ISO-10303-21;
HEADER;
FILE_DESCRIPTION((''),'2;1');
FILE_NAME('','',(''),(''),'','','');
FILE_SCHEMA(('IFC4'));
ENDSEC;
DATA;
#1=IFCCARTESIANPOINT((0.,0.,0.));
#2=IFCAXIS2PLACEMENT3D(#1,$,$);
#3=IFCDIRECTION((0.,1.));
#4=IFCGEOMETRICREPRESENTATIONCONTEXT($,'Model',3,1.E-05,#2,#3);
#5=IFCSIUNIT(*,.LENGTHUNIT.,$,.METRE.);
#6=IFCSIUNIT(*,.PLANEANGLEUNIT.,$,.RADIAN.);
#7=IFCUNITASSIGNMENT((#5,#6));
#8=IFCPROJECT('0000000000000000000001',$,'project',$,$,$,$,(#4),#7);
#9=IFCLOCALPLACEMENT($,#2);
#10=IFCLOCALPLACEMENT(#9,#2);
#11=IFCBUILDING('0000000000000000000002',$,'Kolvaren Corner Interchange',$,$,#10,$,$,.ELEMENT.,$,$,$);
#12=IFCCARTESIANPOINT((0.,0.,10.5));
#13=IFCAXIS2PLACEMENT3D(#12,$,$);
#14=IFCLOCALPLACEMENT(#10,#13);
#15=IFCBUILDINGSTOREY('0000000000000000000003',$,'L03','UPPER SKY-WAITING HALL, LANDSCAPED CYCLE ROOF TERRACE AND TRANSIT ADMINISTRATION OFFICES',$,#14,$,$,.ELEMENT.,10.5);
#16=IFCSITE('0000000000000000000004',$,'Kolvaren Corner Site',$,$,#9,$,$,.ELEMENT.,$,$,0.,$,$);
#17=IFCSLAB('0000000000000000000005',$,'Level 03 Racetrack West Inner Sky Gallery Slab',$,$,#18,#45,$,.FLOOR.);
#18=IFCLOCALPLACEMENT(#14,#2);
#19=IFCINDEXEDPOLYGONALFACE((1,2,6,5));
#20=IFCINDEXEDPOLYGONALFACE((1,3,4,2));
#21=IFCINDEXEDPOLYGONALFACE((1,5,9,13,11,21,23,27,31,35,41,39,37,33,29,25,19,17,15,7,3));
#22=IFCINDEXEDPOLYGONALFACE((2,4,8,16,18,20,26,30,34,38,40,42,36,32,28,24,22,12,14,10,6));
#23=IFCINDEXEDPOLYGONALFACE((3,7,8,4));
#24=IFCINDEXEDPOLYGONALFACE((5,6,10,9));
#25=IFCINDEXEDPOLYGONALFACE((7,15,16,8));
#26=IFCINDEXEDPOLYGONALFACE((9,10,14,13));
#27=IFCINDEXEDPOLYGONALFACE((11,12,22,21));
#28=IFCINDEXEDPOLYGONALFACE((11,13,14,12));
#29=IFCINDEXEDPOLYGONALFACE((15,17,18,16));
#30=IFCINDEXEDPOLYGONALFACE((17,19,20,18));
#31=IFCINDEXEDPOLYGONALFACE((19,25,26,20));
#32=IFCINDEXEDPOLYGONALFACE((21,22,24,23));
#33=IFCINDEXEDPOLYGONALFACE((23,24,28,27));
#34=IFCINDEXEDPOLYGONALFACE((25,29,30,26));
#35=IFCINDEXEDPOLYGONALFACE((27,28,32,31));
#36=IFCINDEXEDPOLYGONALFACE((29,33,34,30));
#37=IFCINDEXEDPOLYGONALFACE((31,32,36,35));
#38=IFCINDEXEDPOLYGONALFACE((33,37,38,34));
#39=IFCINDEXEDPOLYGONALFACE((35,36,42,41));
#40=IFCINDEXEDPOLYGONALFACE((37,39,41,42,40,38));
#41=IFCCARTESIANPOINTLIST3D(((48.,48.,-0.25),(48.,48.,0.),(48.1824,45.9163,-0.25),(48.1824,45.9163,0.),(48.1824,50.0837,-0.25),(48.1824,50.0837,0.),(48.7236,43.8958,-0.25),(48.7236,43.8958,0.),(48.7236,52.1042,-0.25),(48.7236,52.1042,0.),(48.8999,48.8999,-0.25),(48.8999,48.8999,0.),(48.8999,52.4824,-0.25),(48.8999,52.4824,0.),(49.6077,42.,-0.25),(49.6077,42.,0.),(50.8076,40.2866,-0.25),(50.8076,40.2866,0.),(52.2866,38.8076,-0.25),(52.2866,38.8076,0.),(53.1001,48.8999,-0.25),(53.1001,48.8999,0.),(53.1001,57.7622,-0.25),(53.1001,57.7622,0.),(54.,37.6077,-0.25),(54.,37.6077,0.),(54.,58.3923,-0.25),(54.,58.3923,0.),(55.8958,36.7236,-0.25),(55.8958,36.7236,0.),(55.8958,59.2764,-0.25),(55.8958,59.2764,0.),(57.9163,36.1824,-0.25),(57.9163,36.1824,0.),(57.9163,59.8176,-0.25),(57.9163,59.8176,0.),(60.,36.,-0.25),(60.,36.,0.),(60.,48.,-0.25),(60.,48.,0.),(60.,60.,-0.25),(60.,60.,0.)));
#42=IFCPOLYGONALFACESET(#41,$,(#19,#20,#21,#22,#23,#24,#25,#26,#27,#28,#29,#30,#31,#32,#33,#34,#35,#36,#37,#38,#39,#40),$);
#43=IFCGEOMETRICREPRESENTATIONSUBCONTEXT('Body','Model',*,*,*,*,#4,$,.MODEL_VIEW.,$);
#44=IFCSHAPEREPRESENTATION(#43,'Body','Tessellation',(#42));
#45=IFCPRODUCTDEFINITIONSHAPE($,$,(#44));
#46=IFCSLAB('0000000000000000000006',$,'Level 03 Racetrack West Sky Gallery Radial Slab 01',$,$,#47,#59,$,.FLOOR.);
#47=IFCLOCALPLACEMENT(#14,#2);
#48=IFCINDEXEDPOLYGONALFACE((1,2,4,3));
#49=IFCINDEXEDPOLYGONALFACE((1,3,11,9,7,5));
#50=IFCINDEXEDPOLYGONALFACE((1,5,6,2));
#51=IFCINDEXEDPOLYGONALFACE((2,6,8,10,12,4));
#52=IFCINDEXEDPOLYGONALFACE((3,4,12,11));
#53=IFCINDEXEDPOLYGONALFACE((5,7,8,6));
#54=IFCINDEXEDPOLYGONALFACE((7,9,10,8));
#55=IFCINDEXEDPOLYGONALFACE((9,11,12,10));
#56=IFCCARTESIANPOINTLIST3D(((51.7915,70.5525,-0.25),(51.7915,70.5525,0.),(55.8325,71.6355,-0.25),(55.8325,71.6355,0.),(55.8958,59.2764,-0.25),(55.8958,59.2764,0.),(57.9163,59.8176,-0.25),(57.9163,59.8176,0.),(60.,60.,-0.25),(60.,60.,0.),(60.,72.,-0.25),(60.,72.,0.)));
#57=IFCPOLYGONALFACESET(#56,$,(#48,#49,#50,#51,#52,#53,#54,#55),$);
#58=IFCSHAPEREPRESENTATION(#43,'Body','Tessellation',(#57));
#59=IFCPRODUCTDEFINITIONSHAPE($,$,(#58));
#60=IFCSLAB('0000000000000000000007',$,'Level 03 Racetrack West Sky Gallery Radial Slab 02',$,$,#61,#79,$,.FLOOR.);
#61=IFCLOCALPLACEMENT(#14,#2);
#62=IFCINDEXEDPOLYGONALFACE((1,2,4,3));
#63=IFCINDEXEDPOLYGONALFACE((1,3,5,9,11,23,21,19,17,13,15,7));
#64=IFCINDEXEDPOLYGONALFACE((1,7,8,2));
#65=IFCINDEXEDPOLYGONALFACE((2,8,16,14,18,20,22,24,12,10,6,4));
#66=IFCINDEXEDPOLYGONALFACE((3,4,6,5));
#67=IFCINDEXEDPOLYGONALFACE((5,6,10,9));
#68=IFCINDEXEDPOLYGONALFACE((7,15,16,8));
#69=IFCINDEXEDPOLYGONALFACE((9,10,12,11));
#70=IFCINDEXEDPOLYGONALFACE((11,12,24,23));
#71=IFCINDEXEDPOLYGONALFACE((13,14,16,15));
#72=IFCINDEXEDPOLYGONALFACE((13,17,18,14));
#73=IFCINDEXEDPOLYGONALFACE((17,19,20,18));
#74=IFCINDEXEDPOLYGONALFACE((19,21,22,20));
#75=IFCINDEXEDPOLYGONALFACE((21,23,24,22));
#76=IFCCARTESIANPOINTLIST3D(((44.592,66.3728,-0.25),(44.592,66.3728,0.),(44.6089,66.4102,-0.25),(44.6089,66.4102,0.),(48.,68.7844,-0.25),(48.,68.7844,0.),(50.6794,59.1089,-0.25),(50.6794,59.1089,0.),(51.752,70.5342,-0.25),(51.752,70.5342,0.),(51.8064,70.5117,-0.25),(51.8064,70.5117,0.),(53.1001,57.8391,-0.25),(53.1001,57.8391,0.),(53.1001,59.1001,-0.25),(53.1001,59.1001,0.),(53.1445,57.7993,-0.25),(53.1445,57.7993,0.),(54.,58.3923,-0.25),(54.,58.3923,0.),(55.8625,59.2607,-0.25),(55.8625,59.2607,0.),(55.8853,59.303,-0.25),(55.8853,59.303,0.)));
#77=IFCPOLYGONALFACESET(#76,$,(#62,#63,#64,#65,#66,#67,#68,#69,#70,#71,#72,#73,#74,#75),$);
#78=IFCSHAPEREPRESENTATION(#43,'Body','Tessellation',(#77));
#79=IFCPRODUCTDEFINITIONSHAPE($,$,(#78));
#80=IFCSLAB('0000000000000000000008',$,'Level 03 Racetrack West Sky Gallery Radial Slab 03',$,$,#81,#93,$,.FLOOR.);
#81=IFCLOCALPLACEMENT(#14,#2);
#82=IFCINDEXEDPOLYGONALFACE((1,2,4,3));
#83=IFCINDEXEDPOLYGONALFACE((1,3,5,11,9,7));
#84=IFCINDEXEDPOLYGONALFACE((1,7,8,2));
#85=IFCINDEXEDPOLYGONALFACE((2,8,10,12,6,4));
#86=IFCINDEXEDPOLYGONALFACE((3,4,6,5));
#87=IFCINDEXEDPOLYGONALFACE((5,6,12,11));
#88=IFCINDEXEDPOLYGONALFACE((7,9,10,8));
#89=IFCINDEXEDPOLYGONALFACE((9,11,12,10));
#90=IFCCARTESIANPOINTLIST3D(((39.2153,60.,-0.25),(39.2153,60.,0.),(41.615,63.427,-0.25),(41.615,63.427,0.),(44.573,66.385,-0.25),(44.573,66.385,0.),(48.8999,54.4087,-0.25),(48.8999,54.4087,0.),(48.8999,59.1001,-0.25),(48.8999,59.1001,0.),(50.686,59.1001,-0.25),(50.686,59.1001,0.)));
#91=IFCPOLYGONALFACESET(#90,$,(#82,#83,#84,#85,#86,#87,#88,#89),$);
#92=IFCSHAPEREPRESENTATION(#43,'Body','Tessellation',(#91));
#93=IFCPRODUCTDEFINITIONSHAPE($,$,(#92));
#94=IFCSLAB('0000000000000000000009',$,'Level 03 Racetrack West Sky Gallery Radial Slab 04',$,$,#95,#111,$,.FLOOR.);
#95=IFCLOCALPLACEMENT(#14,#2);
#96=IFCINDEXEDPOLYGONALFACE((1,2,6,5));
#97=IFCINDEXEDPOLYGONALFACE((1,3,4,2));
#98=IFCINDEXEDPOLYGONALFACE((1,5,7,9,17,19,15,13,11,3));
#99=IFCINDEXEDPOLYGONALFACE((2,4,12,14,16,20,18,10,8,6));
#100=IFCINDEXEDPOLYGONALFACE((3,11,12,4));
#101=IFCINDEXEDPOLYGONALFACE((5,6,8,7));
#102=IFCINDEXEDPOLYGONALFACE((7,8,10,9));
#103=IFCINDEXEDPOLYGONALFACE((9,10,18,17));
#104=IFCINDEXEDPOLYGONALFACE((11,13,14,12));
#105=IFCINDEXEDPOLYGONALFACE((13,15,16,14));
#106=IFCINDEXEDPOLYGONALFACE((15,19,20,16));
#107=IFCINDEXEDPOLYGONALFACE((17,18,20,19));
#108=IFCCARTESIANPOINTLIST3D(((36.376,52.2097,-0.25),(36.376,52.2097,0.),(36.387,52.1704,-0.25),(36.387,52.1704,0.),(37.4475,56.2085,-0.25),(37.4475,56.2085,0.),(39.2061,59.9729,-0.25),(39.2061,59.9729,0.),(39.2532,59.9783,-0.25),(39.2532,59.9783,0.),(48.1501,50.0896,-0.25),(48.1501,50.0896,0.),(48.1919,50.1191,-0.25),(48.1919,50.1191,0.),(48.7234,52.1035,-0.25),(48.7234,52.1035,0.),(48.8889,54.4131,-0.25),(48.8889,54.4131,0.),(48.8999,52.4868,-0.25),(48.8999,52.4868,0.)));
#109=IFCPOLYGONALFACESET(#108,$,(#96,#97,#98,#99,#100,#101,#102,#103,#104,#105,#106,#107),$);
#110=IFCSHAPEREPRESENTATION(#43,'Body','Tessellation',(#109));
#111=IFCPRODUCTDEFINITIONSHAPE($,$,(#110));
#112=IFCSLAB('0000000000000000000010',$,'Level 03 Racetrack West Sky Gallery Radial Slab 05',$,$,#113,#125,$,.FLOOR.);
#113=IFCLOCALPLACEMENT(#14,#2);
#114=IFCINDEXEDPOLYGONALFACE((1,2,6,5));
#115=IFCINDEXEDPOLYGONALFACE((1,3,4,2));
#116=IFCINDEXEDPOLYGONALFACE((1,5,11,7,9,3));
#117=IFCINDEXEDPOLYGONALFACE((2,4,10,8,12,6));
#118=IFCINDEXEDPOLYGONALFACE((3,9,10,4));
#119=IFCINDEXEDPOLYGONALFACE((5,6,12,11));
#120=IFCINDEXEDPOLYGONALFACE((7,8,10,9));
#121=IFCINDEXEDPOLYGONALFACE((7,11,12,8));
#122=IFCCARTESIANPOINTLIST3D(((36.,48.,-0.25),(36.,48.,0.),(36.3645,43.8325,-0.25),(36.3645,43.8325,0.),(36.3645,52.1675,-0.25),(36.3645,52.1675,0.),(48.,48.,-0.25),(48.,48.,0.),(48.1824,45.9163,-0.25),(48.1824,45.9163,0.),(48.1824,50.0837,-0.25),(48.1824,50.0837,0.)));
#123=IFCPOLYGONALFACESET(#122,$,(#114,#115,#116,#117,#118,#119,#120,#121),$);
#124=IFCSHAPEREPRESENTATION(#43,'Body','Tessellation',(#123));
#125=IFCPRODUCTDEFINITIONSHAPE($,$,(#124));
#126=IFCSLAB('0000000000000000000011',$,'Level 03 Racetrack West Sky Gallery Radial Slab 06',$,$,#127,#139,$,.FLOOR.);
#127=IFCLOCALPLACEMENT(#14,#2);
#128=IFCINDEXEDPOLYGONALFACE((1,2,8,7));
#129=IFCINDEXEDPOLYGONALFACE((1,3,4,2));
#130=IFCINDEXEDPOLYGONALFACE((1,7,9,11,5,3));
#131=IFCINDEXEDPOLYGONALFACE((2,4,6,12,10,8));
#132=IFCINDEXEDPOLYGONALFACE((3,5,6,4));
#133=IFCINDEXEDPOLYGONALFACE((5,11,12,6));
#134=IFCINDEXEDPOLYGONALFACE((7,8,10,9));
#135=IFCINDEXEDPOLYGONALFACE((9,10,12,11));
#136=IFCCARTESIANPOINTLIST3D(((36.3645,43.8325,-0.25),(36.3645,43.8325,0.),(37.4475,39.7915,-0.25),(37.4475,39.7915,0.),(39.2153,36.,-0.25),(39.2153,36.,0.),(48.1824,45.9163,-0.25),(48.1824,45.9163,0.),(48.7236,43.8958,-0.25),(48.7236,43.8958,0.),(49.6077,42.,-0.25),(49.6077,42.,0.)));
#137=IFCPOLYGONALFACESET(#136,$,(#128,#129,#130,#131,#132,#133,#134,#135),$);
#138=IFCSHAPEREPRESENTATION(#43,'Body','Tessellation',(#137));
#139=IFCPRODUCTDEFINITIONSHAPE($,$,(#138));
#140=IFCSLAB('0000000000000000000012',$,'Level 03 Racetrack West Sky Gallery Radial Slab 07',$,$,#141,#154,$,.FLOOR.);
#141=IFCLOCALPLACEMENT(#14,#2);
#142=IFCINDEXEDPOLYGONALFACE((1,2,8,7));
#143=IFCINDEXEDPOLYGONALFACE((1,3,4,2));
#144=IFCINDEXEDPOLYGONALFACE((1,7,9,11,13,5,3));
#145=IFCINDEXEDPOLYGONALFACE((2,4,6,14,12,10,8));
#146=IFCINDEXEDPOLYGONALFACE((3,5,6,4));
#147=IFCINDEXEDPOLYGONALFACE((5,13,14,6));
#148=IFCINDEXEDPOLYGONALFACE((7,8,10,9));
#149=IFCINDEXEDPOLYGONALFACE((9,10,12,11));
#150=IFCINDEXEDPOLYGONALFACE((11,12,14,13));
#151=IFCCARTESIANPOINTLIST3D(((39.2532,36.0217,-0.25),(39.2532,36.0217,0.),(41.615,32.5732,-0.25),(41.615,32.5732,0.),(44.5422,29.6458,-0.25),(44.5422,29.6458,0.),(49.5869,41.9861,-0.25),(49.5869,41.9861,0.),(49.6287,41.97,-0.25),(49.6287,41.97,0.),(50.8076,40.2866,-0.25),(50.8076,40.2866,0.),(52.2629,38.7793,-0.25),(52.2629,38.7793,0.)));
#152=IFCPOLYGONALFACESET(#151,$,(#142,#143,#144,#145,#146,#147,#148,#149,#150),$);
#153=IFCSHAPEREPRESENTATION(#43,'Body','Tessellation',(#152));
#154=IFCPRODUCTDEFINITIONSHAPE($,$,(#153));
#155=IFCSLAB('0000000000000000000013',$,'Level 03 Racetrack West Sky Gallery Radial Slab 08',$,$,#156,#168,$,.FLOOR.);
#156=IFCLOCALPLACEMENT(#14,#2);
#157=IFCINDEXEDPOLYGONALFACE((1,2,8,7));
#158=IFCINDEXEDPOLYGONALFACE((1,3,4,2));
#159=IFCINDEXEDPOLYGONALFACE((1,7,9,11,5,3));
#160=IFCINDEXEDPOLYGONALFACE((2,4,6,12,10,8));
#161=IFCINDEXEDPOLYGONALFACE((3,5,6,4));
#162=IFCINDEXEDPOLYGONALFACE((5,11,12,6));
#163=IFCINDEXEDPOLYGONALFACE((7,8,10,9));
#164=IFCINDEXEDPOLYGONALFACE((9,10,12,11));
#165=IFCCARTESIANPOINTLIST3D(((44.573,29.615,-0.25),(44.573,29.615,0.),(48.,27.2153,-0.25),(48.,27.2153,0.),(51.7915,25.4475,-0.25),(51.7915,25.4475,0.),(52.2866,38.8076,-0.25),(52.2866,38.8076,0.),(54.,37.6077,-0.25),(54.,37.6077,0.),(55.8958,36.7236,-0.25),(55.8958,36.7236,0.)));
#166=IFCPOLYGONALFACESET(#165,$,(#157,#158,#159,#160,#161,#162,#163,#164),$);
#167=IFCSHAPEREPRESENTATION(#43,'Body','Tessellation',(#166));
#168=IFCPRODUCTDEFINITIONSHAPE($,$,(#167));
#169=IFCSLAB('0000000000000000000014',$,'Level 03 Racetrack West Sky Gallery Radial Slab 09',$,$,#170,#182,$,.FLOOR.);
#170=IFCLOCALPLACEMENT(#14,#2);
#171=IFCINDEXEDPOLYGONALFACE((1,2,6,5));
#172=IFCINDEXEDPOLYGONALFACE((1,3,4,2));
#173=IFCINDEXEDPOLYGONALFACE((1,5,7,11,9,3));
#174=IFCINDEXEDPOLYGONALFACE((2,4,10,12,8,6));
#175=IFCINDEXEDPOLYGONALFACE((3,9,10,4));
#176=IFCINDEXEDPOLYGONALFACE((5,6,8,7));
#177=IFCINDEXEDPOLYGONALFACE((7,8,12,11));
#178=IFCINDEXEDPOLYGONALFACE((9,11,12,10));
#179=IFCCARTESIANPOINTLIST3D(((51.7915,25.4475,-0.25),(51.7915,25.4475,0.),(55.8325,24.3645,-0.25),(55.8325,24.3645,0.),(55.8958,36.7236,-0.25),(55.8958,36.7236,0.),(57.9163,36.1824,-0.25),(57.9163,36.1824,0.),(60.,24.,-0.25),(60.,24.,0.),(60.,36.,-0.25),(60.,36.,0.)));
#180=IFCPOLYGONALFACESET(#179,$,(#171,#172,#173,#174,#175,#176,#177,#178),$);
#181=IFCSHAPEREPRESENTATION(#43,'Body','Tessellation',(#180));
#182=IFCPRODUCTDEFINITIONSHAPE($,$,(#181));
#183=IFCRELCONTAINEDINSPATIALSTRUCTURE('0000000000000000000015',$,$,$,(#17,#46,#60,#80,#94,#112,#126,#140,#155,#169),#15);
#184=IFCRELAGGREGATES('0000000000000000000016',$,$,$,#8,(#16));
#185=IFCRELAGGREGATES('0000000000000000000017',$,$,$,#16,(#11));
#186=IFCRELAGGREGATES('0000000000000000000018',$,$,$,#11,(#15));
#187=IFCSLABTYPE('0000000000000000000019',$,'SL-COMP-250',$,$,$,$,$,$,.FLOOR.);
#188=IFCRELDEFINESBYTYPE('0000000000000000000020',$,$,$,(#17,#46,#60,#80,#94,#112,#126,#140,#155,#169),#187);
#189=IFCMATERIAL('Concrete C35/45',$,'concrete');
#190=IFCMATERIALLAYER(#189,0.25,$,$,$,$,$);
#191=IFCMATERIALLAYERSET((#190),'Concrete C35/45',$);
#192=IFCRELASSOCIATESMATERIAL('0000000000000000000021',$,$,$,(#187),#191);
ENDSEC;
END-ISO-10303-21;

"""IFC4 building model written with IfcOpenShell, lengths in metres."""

from ifc_helpers import new_model, si_unit, direction, frame, origin, place, context, subcontext, project, spatial, polyline, outline, extrude, material, layer, layer_set, type_object, element, save


model = new_model("IFC4")

# Units and contexts
model_context = context("Model", 3, precision=1e-05, world=origin(), true_north=direction((0.0, 1.0)))
body_context = subcontext(model_context, "Body", "Model", "MODEL_VIEW")
ifc_project = project(units=[si_unit("LENGTHUNIT", "METRE"), si_unit("PLANEANGLEUNIT", "RADIAN")], contexts=[model_context])

# Site, building, storey
site_placement = place(None, origin())
site = spatial("IfcSite", under=ifc_project, at=site_placement, Name="Kolvaren Corner Site", CompositionType="ELEMENT", RefElevation=0.0)
building_placement = place(site_placement, origin())
building = spatial("IfcBuilding", under=site, at=building_placement, Name="Kolvaren Corner Interchange", CompositionType="ELEMENT")
storey_placement = place(building_placement, frame((0.0, 0.0, 10.5)))
storey = spatial("IfcBuildingStorey", under=building, at=storey_placement, Name="L03", Description="UPPER SKY-WAITING HALL, LANDSCAPED CYCLE ROOF TERRACE AND TRANSIT ADMINISTRATION OFFICES", CompositionType="ELEMENT", Elevation=10.5)

# Slabs
ifc_material_1 = material(Name="Concrete C35/45", Category="concrete")
ifc_layer_1 = layer(ifc_material_1, 0.25)
ifc_layer_set_1 = layer_set([ifc_layer_1], Name="Concrete C35/45")
slab_type_1 = type_object("IfcSlabType", Name="SL-COMP-250", PredefinedType="FLOOR", material=ifc_layer_set_1)
slab_1_placement = place(storey_placement, frame((0.0, 0.0, -0.25)))
element("IfcSlab", 1, at=slab_1_placement, inside=storey, type_object=slab_type_1, Name="Level 03 Racetrack West Inner Sky Gallery Slab", PredefinedType="FLOOR", context=body_context, shape_type="SweptSolid", body=[
    extrude(outline(polyline([(60.0, 60.0), (57.9163, 59.8176), (55.8958, 59.2764), (54.0, 58.3923), (53.1001, 57.7622), (53.1001, 48.8999), (48.8999, 48.8999), (48.8999, 52.4824), (48.7236, 52.1042), (48.1824, 50.0837), (48.0, 48.0), (48.1824, 45.9163), (48.7236, 43.8958), (49.6077, 42.0), (50.8076, 40.2866), (52.2866, 38.8076), (54.0, 37.6077), (55.8958, 36.7236), (57.9163, 36.1824), (60.0, 36.0), (60.0, 48.0), (60.0, 60.0)])), origin(), (0.0, 0.0, 1.0), 0.25),
])
slab_2_placement = place(storey_placement, frame((0.0, 0.0, -0.25)))
element("IfcSlab", 2, at=slab_2_placement, inside=storey, type_object=slab_type_1, Name="Level 03 Racetrack West Sky Gallery Radial Slab 01", PredefinedType="FLOOR", context=body_context, shape_type="SweptSolid", body=[
    extrude(outline(polyline([(55.8325, 71.6355), (51.7915, 70.5525), (55.8958, 59.2764), (57.9163, 59.8176), (60.0, 60.0), (60.0, 72.0), (55.8325, 71.6355)])), origin(), (0.0, 0.0, 1.0), 0.25),
])
slab_3_placement = place(storey_placement, frame((0.0, 0.0, -0.25)))
element("IfcSlab", 3, at=slab_3_placement, inside=storey, type_object=slab_type_1, Name="Level 03 Racetrack West Sky Gallery Radial Slab 02", PredefinedType="FLOOR", context=body_context, shape_type="SweptSolid", body=[
    extrude(outline(polyline([(51.752, 70.5342), (48.0, 68.7844), (44.6089, 66.4102), (44.592, 66.3728), (50.6794, 59.1089), (53.1001, 59.1001), (53.1001, 57.8391), (53.1445, 57.7993), (54.0, 58.3923), (55.8625, 59.2607), (55.8853, 59.303), (51.8064, 70.5117), (51.752, 70.5342)])), origin(), (0.0, 0.0, 1.0), 0.25),
])
slab_4_placement = place(storey_placement, frame((0.0, 0.0, -0.25)))
element("IfcSlab", 4, at=slab_4_placement, inside=storey, type_object=slab_type_1, Name="Level 03 Racetrack West Sky Gallery Radial Slab 03", PredefinedType="FLOOR", context=body_context, shape_type="SweptSolid", body=[
    extrude(outline(polyline([(41.615, 63.427), (39.2153, 60.0), (48.8999, 54.4087), (48.8999, 59.1001), (50.686, 59.1001), (44.573, 66.385), (41.615, 63.427)])), origin(), (0.0, 0.0, 1.0), 0.25),
])
slab_5_placement = place(storey_placement, frame((0.0, 0.0, -0.25)))
element("IfcSlab", 5, at=slab_5_placement, inside=storey, type_object=slab_type_1, Name="Level 03 Racetrack West Sky Gallery Radial Slab 04", PredefinedType="FLOOR", context=body_context, shape_type="SweptSolid", body=[
    extrude(outline(polyline([(48.7234, 52.1035), (48.8999, 52.4868), (48.8889, 54.4131), (39.2532, 59.9783), (39.2061, 59.9729), (37.4475, 56.2085), (36.376, 52.2097), (36.387, 52.1704), (48.1501, 50.0896), (48.1919, 50.1191), (48.7234, 52.1035)])), origin(), (0.0, 0.0, 1.0), 0.25),
])
slab_6_placement = place(storey_placement, frame((0.0, 0.0, -0.25)))
element("IfcSlab", 6, at=slab_6_placement, inside=storey, type_object=slab_type_1, Name="Level 03 Racetrack West Sky Gallery Radial Slab 05", PredefinedType="FLOOR", context=body_context, shape_type="SweptSolid", body=[
    extrude(outline(polyline([(36.0, 48.0), (36.3645, 43.8325), (48.1824, 45.9163), (48.0, 48.0), (48.1824, 50.0837), (36.3645, 52.1675), (36.0, 48.0)])), origin(), (0.0, 0.0, 1.0), 0.25),
])
slab_7_placement = place(storey_placement, frame((0.0, 0.0, -0.25)))
element("IfcSlab", 7, at=slab_7_placement, inside=storey, type_object=slab_type_1, Name="Level 03 Racetrack West Sky Gallery Radial Slab 06", PredefinedType="FLOOR", context=body_context, shape_type="SweptSolid", body=[
    extrude(outline(polyline([(37.4475, 39.7915), (39.2153, 36.0), (49.6077, 42.0), (48.7236, 43.8958), (48.1824, 45.9163), (36.3645, 43.8325), (37.4475, 39.7915)])), origin(), (0.0, 0.0, 1.0), 0.25),
])
slab_8_placement = place(storey_placement, frame((0.0, 0.0, -0.25)))
element("IfcSlab", 8, at=slab_8_placement, inside=storey, type_object=slab_type_1, Name="Level 03 Racetrack West Sky Gallery Radial Slab 07", PredefinedType="FLOOR", context=body_context, shape_type="SweptSolid", body=[
    extrude(outline(polyline([(41.615, 32.5732), (44.5422, 29.6458), (52.2629, 38.7793), (50.8076, 40.2866), (49.6287, 41.97), (49.5869, 41.9861), (39.2532, 36.0217), (41.615, 32.5732)])), origin(), (0.0, 0.0, 1.0), 0.25),
])
slab_9_placement = place(storey_placement, frame((0.0, 0.0, -0.25)))
element("IfcSlab", 9, at=slab_9_placement, inside=storey, type_object=slab_type_1, Name="Level 03 Racetrack West Sky Gallery Radial Slab 08", PredefinedType="FLOOR", context=body_context, shape_type="SweptSolid", body=[
    extrude(outline(polyline([(48.0, 27.2153), (51.7915, 25.4475), (55.8958, 36.7236), (54.0, 37.6077), (52.2866, 38.8076), (44.573, 29.615), (48.0, 27.2153)])), origin(), (0.0, 0.0, 1.0), 0.25),
])
slab_10_placement = place(storey_placement, frame((0.0, 0.0, -0.25)))
element("IfcSlab", 10, at=slab_10_placement, inside=storey, type_object=slab_type_1, Name="Level 03 Racetrack West Sky Gallery Radial Slab 09", PredefinedType="FLOOR", context=body_context, shape_type="SweptSolid", body=[
    extrude(outline(polyline([(55.8325, 24.3645), (60.0, 24.0), (60.0, 36.0), (57.9163, 36.1824), (55.8958, 36.7236), (51.7915, 25.4475), (55.8325, 24.3645)])), origin(), (0.0, 0.0, 1.0), 0.25),
])

save(model, "model.ifc")
